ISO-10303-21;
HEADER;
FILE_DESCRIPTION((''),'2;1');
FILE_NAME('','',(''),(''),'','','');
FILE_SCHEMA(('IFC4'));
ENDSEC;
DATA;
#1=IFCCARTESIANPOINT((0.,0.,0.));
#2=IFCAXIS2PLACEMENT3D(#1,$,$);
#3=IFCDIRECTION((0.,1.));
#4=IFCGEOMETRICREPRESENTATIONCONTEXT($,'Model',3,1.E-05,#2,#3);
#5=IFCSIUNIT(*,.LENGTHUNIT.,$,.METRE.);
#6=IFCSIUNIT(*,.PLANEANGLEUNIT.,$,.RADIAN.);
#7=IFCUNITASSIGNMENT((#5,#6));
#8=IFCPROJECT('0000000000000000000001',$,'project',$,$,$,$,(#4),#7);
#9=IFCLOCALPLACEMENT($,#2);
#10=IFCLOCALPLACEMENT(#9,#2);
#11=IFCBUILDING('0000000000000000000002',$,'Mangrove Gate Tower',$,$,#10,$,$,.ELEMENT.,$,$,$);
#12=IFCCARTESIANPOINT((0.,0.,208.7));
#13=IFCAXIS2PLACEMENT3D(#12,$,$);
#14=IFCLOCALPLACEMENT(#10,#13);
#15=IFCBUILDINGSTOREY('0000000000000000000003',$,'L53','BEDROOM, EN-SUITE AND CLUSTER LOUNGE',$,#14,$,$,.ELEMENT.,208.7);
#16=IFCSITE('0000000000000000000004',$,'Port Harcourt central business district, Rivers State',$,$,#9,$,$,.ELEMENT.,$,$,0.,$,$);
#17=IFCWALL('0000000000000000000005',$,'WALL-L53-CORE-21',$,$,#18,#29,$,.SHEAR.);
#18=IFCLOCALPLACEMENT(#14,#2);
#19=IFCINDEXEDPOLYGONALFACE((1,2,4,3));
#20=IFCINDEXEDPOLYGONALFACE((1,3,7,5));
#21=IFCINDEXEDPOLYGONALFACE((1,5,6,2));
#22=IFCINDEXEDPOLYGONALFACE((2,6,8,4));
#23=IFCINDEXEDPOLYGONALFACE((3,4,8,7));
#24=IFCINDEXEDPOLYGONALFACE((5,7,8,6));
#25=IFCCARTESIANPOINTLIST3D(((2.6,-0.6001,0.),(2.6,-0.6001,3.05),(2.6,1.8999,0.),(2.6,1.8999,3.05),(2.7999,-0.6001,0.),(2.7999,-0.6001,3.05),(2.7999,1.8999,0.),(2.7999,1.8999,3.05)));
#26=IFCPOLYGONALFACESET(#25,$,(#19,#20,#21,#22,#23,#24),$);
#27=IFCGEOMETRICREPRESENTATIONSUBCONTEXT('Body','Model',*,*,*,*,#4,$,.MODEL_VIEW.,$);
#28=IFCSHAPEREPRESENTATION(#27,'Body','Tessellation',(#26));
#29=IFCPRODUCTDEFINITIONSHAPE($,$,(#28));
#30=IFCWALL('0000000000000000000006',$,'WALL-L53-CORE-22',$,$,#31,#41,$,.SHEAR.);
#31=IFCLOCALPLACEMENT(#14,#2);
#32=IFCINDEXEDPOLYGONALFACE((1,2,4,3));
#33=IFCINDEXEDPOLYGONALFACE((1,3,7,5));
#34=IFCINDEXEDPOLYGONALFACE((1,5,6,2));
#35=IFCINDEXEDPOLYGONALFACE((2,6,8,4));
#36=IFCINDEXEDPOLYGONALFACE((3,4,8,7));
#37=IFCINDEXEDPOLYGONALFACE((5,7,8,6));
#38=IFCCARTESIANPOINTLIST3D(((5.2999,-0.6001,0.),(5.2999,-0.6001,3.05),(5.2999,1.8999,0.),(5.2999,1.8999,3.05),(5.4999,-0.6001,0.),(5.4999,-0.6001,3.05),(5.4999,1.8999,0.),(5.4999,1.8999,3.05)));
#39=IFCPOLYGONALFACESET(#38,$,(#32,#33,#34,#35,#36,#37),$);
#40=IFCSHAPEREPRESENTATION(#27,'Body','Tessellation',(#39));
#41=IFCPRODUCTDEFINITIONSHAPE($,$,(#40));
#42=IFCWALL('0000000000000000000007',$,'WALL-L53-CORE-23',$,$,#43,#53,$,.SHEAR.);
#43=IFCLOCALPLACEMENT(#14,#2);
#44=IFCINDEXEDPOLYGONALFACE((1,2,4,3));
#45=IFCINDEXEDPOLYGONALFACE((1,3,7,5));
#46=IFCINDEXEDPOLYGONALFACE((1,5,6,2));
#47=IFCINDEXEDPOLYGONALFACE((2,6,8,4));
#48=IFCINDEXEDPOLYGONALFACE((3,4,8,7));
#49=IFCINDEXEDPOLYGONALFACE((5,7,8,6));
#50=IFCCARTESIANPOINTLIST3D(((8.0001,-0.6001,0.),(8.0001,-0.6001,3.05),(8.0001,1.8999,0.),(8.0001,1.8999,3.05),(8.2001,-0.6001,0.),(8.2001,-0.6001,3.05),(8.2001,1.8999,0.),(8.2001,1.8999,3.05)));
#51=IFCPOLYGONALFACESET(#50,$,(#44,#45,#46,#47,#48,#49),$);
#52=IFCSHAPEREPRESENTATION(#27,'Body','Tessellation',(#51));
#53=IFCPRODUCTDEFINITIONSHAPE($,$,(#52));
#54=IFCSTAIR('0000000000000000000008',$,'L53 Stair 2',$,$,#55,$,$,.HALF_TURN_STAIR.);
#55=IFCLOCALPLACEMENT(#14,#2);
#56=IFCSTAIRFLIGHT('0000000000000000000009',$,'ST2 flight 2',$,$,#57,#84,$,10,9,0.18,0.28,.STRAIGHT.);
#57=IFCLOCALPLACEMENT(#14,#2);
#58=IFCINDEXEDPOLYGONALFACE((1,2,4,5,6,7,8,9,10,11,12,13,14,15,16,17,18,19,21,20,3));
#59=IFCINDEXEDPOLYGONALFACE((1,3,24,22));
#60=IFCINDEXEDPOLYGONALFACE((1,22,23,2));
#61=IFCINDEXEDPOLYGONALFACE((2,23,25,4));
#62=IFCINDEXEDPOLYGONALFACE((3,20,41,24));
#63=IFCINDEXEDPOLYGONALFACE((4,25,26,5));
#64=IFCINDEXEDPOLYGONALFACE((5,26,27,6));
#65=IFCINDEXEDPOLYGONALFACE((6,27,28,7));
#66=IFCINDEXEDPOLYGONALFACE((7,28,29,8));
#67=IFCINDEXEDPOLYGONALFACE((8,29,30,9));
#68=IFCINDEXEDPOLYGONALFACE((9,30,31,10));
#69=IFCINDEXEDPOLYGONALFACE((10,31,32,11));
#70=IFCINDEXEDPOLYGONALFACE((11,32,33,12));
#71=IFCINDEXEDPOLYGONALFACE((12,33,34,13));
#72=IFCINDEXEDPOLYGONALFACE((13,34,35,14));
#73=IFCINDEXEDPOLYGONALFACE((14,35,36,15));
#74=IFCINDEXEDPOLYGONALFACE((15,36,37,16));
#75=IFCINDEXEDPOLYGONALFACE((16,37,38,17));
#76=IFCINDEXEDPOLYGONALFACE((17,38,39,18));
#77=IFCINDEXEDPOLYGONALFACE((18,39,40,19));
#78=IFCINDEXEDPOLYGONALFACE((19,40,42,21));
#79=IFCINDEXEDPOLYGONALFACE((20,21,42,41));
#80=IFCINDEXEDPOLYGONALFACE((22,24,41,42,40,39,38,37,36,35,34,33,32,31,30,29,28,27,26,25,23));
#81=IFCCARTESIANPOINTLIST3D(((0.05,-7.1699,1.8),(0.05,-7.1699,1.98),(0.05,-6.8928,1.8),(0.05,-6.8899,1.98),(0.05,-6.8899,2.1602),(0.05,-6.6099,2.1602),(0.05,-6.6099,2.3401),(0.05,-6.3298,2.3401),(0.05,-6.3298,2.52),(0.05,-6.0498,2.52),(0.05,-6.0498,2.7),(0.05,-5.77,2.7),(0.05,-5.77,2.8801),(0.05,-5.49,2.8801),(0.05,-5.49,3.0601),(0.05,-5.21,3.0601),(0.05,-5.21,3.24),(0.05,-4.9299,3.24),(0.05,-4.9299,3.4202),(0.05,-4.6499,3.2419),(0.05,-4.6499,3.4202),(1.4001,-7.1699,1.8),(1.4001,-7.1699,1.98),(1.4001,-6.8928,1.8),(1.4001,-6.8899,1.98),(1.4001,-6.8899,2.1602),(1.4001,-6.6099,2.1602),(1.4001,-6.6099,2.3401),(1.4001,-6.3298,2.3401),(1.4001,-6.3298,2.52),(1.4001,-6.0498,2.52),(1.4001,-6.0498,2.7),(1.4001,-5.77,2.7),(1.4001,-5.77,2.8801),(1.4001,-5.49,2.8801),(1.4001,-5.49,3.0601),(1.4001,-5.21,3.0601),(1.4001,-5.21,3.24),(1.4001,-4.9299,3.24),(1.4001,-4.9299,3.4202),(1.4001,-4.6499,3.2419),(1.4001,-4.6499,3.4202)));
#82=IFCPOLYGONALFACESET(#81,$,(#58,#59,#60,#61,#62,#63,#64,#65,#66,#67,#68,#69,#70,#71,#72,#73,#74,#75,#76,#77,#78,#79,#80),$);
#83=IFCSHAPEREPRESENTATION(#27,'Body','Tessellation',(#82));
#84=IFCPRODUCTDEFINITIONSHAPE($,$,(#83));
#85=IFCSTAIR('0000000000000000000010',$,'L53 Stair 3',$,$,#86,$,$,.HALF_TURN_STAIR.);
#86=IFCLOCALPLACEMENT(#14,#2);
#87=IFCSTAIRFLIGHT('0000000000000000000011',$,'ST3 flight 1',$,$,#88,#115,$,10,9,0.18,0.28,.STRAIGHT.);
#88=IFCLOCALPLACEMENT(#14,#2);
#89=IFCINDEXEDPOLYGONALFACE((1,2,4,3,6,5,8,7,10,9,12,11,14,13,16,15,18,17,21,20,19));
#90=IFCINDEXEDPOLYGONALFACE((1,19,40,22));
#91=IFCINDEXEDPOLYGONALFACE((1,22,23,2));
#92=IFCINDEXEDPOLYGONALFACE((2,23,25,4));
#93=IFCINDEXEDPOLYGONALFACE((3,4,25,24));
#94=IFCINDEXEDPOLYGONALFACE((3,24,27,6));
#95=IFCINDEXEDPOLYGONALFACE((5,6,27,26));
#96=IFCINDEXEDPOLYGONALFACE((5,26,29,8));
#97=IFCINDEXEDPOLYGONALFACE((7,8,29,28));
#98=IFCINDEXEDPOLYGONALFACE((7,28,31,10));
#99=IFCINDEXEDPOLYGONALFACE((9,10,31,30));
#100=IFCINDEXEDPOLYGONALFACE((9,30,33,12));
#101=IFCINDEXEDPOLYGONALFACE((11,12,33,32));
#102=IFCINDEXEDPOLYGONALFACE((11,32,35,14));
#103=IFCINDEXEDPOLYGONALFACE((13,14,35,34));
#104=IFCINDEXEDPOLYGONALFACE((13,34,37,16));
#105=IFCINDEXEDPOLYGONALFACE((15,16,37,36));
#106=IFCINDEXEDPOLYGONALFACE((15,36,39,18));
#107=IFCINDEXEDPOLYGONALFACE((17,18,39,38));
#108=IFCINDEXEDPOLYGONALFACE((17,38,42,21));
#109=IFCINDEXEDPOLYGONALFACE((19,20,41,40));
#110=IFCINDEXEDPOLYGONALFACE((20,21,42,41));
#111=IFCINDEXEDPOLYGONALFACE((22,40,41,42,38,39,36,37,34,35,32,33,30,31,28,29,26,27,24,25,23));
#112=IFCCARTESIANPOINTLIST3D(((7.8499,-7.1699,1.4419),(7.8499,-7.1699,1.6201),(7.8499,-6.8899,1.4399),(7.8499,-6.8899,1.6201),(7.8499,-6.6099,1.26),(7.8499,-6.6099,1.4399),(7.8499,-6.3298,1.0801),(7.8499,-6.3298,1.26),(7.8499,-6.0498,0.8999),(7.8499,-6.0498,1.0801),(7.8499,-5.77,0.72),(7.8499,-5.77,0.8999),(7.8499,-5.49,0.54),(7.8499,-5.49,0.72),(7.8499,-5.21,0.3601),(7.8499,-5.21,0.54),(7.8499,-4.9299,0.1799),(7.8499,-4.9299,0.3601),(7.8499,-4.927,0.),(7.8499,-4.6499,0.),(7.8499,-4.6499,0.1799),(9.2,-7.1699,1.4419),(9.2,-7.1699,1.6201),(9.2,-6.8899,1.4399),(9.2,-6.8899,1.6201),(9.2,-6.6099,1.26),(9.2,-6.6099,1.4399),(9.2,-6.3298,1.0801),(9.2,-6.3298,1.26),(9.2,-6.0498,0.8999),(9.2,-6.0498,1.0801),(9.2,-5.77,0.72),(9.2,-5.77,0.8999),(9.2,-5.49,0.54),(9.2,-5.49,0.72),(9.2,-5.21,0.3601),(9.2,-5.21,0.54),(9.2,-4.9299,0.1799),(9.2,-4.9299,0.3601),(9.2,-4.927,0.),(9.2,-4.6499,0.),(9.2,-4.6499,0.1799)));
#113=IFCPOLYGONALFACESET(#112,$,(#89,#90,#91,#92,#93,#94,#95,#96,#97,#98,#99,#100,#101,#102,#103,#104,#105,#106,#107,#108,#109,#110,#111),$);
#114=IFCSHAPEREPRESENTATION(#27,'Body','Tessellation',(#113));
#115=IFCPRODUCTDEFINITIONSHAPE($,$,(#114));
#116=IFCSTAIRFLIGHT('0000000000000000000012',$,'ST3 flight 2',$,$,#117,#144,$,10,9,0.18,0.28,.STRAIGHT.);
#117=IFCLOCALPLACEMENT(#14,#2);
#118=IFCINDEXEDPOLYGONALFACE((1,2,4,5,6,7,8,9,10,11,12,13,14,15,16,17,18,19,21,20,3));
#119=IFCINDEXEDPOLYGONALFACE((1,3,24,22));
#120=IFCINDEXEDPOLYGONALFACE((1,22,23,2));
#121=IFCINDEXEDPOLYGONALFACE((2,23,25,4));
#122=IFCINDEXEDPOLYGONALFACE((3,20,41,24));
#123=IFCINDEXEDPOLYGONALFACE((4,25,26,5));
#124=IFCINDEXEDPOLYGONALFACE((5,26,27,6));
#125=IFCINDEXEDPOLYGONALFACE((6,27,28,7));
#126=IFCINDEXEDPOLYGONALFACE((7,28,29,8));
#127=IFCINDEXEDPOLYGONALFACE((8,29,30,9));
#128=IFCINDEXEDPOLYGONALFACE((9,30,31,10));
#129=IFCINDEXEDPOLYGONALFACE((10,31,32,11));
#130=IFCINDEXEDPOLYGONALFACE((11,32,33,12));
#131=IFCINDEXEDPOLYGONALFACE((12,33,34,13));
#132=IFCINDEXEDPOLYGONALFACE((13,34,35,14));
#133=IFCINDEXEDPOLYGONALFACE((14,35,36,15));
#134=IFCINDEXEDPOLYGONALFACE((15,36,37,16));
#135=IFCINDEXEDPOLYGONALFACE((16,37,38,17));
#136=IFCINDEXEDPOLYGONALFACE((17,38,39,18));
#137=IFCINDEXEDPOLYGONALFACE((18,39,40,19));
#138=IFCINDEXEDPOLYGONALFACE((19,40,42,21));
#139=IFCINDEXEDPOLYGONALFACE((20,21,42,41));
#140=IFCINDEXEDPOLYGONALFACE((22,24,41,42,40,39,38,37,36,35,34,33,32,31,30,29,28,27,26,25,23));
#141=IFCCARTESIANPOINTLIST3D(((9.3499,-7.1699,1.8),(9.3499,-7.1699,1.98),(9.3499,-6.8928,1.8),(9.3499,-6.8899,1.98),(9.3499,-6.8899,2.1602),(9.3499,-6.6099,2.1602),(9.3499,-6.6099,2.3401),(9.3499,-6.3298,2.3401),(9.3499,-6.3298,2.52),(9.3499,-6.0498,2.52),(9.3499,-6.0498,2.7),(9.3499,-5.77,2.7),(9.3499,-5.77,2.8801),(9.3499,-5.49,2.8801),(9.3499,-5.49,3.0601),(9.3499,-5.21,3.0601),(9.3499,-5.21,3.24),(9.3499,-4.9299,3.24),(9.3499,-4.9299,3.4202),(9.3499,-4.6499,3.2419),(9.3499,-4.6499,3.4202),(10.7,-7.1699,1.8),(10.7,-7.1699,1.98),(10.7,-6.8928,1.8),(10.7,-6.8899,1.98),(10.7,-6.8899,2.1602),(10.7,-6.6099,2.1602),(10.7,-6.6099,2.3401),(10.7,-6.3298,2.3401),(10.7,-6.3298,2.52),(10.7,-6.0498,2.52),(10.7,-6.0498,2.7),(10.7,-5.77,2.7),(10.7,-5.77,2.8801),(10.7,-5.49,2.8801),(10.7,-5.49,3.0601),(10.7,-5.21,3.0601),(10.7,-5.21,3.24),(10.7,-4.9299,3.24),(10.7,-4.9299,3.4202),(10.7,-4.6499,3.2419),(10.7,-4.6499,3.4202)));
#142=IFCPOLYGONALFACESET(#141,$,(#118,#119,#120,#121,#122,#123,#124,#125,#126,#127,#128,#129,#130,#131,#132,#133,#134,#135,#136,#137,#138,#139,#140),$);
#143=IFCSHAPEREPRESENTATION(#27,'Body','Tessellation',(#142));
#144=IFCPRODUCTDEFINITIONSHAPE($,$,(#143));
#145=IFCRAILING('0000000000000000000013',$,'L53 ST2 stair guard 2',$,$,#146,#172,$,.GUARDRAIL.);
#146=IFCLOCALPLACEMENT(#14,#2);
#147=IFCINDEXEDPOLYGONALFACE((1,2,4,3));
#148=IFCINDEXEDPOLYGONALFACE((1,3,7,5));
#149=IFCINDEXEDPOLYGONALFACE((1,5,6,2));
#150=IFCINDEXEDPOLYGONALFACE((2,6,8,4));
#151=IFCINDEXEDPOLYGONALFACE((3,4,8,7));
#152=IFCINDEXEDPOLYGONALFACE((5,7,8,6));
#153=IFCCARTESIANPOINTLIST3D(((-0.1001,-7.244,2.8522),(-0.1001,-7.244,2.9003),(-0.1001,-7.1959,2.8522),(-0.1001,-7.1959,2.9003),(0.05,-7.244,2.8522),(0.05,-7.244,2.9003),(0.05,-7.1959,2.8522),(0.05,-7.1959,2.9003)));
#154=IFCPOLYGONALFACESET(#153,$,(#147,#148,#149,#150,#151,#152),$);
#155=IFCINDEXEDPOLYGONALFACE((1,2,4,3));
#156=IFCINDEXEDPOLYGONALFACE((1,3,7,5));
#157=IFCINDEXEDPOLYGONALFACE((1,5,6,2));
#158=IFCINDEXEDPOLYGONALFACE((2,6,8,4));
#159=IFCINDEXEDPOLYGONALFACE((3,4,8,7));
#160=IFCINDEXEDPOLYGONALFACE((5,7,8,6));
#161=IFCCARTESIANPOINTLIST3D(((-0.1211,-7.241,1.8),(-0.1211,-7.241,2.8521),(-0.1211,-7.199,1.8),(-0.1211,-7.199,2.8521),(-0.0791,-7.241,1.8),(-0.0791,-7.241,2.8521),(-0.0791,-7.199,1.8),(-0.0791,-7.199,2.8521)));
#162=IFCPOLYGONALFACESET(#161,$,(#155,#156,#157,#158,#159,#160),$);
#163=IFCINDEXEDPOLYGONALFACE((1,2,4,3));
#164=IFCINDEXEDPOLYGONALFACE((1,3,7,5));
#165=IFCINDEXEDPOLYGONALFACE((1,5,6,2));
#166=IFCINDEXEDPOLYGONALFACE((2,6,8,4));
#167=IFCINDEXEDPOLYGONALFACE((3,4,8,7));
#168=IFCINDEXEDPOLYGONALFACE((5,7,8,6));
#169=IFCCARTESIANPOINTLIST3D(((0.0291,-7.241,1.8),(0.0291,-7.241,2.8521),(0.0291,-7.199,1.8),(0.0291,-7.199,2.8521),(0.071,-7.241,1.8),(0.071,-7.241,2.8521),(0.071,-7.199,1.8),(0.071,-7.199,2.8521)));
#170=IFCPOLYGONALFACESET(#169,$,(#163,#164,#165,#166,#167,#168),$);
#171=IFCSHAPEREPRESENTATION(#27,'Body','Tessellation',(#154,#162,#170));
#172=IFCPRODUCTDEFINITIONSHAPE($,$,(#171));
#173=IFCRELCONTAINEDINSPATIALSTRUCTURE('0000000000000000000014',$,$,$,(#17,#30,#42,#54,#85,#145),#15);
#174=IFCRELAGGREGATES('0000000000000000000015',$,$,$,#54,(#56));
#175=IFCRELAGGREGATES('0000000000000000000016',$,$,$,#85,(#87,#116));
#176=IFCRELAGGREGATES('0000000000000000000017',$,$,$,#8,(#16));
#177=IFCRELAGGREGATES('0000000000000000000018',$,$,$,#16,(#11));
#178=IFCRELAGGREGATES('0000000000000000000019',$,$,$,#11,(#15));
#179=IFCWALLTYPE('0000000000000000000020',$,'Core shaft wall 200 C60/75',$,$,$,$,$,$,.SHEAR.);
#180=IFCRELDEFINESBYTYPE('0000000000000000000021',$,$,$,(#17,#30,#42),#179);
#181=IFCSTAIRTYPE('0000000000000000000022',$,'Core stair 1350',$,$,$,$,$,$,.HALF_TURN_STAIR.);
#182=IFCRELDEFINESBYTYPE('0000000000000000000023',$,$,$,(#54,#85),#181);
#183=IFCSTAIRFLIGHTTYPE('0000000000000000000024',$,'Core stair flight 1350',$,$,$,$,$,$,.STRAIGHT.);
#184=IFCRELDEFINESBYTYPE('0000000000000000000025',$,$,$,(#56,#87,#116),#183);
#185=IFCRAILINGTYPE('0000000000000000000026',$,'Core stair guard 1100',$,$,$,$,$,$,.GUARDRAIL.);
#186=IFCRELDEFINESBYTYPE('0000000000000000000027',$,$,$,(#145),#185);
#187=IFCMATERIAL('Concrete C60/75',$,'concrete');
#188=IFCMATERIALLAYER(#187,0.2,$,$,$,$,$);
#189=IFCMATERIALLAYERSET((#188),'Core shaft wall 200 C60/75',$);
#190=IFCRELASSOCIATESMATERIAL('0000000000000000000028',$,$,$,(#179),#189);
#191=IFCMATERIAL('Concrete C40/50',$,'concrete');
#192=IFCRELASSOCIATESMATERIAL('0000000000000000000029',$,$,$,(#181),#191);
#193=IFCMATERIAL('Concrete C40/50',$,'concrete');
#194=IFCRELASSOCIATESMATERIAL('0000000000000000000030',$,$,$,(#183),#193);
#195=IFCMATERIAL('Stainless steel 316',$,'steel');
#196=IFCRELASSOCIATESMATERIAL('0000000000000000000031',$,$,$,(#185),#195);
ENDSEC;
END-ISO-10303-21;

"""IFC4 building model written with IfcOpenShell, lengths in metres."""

from ifc_helpers import new_model, si_unit, direction, frame, frame_2d, origin, origin_2d, place, context, subcontext, project, spatial, polyline, rectangle, outline, extrude, material, layer, layer_set, type_object, element, aggregate, save


model = new_model("IFC4")

# Units and contexts
model_context = context("Model", 3, precision=1e-05, world=origin(), true_north=direction((0.0, 1.0)))
body_context = subcontext(model_context, "Body", "Model", "MODEL_VIEW")
ifc_project = project(units=[si_unit("LENGTHUNIT", "METRE"), si_unit("PLANEANGLEUNIT", "RADIAN")], contexts=[model_context])

# Site, building, storey
site_placement = place(None, origin())
site = spatial("IfcSite", under=ifc_project, at=site_placement, Name="Port Harcourt central business district, Rivers State", CompositionType="ELEMENT", RefElevation=0.0)
building_placement = place(site_placement, origin())
building = spatial("IfcBuilding", under=site, at=building_placement, Name="Mangrove Gate Tower", CompositionType="ELEMENT")
storey_placement = place(building_placement, frame((0.0, 0.0, 208.7)))
storey = spatial("IfcBuildingStorey", under=building, at=storey_placement, Name="L53", Description="BEDROOM, EN-SUITE AND CLUSTER LOUNGE", CompositionType="ELEMENT", Elevation=208.7)

# Walls
ifc_material_1 = material(Name="Concrete C60/75", Category="concrete")
ifc_layer = layer(ifc_material_1, 0.2)
ifc_layer_set = layer_set([ifc_layer], Name="Core shaft wall 200 C60/75")
wall_type = type_object("IfcWallType", Name="Core shaft wall 200 C60/75", PredefinedType="SHEAR", material=ifc_layer_set)
for number, where, z_axis, x_axis, name in (
    (1, (2.7, -0.6001, 0.0), (0.0, 0.0, 1.0), (0.0, 1.0, 0.0), "WALL-L53-CORE-21"),
    (2, (5.3999, -0.6001, 0.0), (0.0, 0.0, 1.0), (0.0, 1.0, 0.0), "WALL-L53-CORE-22"),
    (3, (8.1001, -0.6001, 0.0), (0.0, 0.0, 1.0), (0.0, 1.0, 0.0), "WALL-L53-CORE-23"),
):
    element("IfcWall", number, at=place(storey_placement, frame(where, z_axis=z_axis, x_axis=x_axis)), inside=storey, type_object=wall_type, Name=name, PredefinedType="SHEAR", context=body_context, shape_type="SweptSolid", body=[
        extrude(rectangle(XDim=2.5, YDim=0.2, at=frame_2d((1.25, 0.0))), origin(), (0.0, 0.0, 1.0), 3.05),
    ])

# Stair, stair flight
ifc_material_2 = material(Name="Concrete C40/50", Category="concrete")
stair_type = type_object("IfcStairType", Name="Core stair 1350", PredefinedType="HALF_TURN_STAIR", material=ifc_material_2)
stair_1_placement = place(storey_placement, origin())
stair_1 = element("IfcStair", 4, at=stair_1_placement, inside=storey, type_object=stair_type, Name="L53 Stair 2", PredefinedType="HALF_TURN_STAIR")
ifc_material_3 = material(Name="Concrete C40/50", Category="concrete")
stair_flight_type = type_object("IfcStairFlightType", Name="Core stair flight 1350", PredefinedType="STRAIGHT", material=ifc_material_3)
stair_flight_1_placement = place(storey_placement, frame((0.7251, -7.1699, 1.8), z_axis=(0.0, 0.0, 1.0), x_axis=(0.0, 1.0, 0.0)))
stair_flight_1 = element("IfcStairFlight", 5, at=stair_flight_1_placement, type_object=stair_flight_type, Name="ST2 flight 2", NumberOfRisers=10, NumberOfTreads=9, PredefinedType="STRAIGHT", RiserHeight=0.18, TreadLength=0.28, context=body_context, shape_type="SweptSolid", body=[
    extrude(outline(polyline([(0.0, 0.0), (0.0, 0.1799), (0.28, 0.1799), (0.28, 0.3601), (0.5601, 0.3601), (0.5601, 0.54), (0.8401, 0.54), (0.8401, 0.72), (1.1201, 0.72), (1.1201, 0.8999), (1.3999, 0.8999), (1.3999, 1.0801), (1.6799, 1.0801), (1.6799, 1.26), (1.96, 1.26), (1.96, 1.4399), (2.24, 1.4399), (2.24, 1.6201), (2.52, 1.6201), (2.52, 1.8), (2.52, 1.4419), (0.2771, 0.0), (0.0, 0.0)])), frame((0.0, 0.675, 0.0), z_axis=(0.0, -1.0, 0.0), x_axis=(1.0, 0.0, 0.0)), (0.0, 0.0, 1.0), 1.3501),
])
aggregate(stair_1, [stair_flight_1])

# Stair, stair flights
stair_2_placement = place(storey_placement, origin())
stair_2 = element("IfcStair", 6, at=stair_2_placement, inside=storey, type_object=stair_type, Name="L53 Stair 3", PredefinedType="HALF_TURN_STAIR")
stair_flight_2_placement = place(storey_placement, frame((8.5249, -4.6499, 0.0), z_axis=(0.0, 0.0, 1.0), x_axis=(0.0, -1.0, 0.0)))
stair_flight_2 = element("IfcStairFlight", 7, at=stair_flight_2_placement, type_object=stair_flight_type, Name="ST3 flight 1", NumberOfRisers=10, NumberOfTreads=9, PredefinedType="STRAIGHT", RiserHeight=0.18, TreadLength=0.28, context=body_context, shape_type="SweptSolid", body=[
    extrude(outline(polyline([(0.0, 0.0), (0.0, 0.1799), (0.28, 0.1799), (0.28, 0.3601), (0.5601, 0.3601), (0.5601, 0.54), (0.8401, 0.54), (0.8401, 0.72), (1.1201, 0.72), (1.1201, 0.8999), (1.3999, 0.8999), (1.3999, 1.0801), (1.6799, 1.0801), (1.6799, 1.26), (1.96, 1.26), (1.96, 1.4399), (2.24, 1.4399), (2.24, 1.6201), (2.52, 1.6201), (2.52, 1.8), (2.52, 1.4419), (0.2771, 0.0), (0.0, 0.0)])), frame((0.0, 0.675, 0.0), z_axis=(0.0, -1.0, 0.0), x_axis=(1.0, 0.0, 0.0)), (0.0, 0.0, 1.0), 1.3501),
])
stair_flight_3_placement = place(storey_placement, frame((10.0249, -7.1699, 1.8), z_axis=(0.0, 0.0, 1.0), x_axis=(0.0, 1.0, 0.0)))
stair_flight_3 = element("IfcStairFlight", 8, at=stair_flight_3_placement, type_object=stair_flight_type, Name="ST3 flight 2", NumberOfRisers=10, NumberOfTreads=9, PredefinedType="STRAIGHT", RiserHeight=0.18, TreadLength=0.28, context=body_context, shape_type="SweptSolid", body=[
    extrude(outline(polyline([(0.0, 0.0), (0.0, 0.1799), (0.28, 0.1799), (0.28, 0.3601), (0.5601, 0.3601), (0.5601, 0.54), (0.8401, 0.54), (0.8401, 0.72), (1.1201, 0.72), (1.1201, 0.8999), (1.3999, 0.8999), (1.3999, 1.0801), (1.6799, 1.0801), (1.6799, 1.26), (1.96, 1.26), (1.96, 1.4399), (2.24, 1.4399), (2.24, 1.6201), (2.52, 1.6201), (2.52, 1.8), (2.52, 1.4419), (0.2771, 0.0), (0.0, 0.0)])), frame((0.0, 0.675, 0.0), z_axis=(0.0, -1.0, 0.0), x_axis=(1.0, 0.0, 0.0)), (0.0, 0.0, 1.0), 1.3501),
])
aggregate(stair_2, [stair_flight_2, stair_flight_3])

# Railing
ifc_material_4 = material(Name="Stainless steel 316", Category="steel")
railing_type_1 = type_object("IfcRailingType", Name="Core stair guard 1100", PredefinedType="GUARDRAIL", material=ifc_material_4)
railing_1_placement = place(storey_placement, frame((-0.1001, -7.22, 1.8)))
element("IfcRailing", 9, at=railing_1_placement, inside=storey, type_object=railing_type_1, Name="L53 ST2 stair guard 2", PredefinedType="GUARDRAIL", context=body_context, shape_type="SweptSolid", body=[
    extrude(rectangle(XDim=0.0481, YDim=0.0481, at=origin_2d()), frame((0.0, 0.0, 1.0762), z_axis=(1.0, 0.0, 0.0), x_axis=(0.0, 1.0, 0.0)), (0.0, 0.0, 1.0), 0.1501),
    extrude(rectangle(XDim=0.042, YDim=0.042, at=origin_2d()), origin(), (0.0, 0.0, 1.0), 1.052),
    extrude(rectangle(XDim=0.042, YDim=0.042, at=origin_2d()), frame((0.1501, 0.0, 0.0)), (0.0, 0.0, 1.0), 1.052),
])

save(model, "model.ifc")
